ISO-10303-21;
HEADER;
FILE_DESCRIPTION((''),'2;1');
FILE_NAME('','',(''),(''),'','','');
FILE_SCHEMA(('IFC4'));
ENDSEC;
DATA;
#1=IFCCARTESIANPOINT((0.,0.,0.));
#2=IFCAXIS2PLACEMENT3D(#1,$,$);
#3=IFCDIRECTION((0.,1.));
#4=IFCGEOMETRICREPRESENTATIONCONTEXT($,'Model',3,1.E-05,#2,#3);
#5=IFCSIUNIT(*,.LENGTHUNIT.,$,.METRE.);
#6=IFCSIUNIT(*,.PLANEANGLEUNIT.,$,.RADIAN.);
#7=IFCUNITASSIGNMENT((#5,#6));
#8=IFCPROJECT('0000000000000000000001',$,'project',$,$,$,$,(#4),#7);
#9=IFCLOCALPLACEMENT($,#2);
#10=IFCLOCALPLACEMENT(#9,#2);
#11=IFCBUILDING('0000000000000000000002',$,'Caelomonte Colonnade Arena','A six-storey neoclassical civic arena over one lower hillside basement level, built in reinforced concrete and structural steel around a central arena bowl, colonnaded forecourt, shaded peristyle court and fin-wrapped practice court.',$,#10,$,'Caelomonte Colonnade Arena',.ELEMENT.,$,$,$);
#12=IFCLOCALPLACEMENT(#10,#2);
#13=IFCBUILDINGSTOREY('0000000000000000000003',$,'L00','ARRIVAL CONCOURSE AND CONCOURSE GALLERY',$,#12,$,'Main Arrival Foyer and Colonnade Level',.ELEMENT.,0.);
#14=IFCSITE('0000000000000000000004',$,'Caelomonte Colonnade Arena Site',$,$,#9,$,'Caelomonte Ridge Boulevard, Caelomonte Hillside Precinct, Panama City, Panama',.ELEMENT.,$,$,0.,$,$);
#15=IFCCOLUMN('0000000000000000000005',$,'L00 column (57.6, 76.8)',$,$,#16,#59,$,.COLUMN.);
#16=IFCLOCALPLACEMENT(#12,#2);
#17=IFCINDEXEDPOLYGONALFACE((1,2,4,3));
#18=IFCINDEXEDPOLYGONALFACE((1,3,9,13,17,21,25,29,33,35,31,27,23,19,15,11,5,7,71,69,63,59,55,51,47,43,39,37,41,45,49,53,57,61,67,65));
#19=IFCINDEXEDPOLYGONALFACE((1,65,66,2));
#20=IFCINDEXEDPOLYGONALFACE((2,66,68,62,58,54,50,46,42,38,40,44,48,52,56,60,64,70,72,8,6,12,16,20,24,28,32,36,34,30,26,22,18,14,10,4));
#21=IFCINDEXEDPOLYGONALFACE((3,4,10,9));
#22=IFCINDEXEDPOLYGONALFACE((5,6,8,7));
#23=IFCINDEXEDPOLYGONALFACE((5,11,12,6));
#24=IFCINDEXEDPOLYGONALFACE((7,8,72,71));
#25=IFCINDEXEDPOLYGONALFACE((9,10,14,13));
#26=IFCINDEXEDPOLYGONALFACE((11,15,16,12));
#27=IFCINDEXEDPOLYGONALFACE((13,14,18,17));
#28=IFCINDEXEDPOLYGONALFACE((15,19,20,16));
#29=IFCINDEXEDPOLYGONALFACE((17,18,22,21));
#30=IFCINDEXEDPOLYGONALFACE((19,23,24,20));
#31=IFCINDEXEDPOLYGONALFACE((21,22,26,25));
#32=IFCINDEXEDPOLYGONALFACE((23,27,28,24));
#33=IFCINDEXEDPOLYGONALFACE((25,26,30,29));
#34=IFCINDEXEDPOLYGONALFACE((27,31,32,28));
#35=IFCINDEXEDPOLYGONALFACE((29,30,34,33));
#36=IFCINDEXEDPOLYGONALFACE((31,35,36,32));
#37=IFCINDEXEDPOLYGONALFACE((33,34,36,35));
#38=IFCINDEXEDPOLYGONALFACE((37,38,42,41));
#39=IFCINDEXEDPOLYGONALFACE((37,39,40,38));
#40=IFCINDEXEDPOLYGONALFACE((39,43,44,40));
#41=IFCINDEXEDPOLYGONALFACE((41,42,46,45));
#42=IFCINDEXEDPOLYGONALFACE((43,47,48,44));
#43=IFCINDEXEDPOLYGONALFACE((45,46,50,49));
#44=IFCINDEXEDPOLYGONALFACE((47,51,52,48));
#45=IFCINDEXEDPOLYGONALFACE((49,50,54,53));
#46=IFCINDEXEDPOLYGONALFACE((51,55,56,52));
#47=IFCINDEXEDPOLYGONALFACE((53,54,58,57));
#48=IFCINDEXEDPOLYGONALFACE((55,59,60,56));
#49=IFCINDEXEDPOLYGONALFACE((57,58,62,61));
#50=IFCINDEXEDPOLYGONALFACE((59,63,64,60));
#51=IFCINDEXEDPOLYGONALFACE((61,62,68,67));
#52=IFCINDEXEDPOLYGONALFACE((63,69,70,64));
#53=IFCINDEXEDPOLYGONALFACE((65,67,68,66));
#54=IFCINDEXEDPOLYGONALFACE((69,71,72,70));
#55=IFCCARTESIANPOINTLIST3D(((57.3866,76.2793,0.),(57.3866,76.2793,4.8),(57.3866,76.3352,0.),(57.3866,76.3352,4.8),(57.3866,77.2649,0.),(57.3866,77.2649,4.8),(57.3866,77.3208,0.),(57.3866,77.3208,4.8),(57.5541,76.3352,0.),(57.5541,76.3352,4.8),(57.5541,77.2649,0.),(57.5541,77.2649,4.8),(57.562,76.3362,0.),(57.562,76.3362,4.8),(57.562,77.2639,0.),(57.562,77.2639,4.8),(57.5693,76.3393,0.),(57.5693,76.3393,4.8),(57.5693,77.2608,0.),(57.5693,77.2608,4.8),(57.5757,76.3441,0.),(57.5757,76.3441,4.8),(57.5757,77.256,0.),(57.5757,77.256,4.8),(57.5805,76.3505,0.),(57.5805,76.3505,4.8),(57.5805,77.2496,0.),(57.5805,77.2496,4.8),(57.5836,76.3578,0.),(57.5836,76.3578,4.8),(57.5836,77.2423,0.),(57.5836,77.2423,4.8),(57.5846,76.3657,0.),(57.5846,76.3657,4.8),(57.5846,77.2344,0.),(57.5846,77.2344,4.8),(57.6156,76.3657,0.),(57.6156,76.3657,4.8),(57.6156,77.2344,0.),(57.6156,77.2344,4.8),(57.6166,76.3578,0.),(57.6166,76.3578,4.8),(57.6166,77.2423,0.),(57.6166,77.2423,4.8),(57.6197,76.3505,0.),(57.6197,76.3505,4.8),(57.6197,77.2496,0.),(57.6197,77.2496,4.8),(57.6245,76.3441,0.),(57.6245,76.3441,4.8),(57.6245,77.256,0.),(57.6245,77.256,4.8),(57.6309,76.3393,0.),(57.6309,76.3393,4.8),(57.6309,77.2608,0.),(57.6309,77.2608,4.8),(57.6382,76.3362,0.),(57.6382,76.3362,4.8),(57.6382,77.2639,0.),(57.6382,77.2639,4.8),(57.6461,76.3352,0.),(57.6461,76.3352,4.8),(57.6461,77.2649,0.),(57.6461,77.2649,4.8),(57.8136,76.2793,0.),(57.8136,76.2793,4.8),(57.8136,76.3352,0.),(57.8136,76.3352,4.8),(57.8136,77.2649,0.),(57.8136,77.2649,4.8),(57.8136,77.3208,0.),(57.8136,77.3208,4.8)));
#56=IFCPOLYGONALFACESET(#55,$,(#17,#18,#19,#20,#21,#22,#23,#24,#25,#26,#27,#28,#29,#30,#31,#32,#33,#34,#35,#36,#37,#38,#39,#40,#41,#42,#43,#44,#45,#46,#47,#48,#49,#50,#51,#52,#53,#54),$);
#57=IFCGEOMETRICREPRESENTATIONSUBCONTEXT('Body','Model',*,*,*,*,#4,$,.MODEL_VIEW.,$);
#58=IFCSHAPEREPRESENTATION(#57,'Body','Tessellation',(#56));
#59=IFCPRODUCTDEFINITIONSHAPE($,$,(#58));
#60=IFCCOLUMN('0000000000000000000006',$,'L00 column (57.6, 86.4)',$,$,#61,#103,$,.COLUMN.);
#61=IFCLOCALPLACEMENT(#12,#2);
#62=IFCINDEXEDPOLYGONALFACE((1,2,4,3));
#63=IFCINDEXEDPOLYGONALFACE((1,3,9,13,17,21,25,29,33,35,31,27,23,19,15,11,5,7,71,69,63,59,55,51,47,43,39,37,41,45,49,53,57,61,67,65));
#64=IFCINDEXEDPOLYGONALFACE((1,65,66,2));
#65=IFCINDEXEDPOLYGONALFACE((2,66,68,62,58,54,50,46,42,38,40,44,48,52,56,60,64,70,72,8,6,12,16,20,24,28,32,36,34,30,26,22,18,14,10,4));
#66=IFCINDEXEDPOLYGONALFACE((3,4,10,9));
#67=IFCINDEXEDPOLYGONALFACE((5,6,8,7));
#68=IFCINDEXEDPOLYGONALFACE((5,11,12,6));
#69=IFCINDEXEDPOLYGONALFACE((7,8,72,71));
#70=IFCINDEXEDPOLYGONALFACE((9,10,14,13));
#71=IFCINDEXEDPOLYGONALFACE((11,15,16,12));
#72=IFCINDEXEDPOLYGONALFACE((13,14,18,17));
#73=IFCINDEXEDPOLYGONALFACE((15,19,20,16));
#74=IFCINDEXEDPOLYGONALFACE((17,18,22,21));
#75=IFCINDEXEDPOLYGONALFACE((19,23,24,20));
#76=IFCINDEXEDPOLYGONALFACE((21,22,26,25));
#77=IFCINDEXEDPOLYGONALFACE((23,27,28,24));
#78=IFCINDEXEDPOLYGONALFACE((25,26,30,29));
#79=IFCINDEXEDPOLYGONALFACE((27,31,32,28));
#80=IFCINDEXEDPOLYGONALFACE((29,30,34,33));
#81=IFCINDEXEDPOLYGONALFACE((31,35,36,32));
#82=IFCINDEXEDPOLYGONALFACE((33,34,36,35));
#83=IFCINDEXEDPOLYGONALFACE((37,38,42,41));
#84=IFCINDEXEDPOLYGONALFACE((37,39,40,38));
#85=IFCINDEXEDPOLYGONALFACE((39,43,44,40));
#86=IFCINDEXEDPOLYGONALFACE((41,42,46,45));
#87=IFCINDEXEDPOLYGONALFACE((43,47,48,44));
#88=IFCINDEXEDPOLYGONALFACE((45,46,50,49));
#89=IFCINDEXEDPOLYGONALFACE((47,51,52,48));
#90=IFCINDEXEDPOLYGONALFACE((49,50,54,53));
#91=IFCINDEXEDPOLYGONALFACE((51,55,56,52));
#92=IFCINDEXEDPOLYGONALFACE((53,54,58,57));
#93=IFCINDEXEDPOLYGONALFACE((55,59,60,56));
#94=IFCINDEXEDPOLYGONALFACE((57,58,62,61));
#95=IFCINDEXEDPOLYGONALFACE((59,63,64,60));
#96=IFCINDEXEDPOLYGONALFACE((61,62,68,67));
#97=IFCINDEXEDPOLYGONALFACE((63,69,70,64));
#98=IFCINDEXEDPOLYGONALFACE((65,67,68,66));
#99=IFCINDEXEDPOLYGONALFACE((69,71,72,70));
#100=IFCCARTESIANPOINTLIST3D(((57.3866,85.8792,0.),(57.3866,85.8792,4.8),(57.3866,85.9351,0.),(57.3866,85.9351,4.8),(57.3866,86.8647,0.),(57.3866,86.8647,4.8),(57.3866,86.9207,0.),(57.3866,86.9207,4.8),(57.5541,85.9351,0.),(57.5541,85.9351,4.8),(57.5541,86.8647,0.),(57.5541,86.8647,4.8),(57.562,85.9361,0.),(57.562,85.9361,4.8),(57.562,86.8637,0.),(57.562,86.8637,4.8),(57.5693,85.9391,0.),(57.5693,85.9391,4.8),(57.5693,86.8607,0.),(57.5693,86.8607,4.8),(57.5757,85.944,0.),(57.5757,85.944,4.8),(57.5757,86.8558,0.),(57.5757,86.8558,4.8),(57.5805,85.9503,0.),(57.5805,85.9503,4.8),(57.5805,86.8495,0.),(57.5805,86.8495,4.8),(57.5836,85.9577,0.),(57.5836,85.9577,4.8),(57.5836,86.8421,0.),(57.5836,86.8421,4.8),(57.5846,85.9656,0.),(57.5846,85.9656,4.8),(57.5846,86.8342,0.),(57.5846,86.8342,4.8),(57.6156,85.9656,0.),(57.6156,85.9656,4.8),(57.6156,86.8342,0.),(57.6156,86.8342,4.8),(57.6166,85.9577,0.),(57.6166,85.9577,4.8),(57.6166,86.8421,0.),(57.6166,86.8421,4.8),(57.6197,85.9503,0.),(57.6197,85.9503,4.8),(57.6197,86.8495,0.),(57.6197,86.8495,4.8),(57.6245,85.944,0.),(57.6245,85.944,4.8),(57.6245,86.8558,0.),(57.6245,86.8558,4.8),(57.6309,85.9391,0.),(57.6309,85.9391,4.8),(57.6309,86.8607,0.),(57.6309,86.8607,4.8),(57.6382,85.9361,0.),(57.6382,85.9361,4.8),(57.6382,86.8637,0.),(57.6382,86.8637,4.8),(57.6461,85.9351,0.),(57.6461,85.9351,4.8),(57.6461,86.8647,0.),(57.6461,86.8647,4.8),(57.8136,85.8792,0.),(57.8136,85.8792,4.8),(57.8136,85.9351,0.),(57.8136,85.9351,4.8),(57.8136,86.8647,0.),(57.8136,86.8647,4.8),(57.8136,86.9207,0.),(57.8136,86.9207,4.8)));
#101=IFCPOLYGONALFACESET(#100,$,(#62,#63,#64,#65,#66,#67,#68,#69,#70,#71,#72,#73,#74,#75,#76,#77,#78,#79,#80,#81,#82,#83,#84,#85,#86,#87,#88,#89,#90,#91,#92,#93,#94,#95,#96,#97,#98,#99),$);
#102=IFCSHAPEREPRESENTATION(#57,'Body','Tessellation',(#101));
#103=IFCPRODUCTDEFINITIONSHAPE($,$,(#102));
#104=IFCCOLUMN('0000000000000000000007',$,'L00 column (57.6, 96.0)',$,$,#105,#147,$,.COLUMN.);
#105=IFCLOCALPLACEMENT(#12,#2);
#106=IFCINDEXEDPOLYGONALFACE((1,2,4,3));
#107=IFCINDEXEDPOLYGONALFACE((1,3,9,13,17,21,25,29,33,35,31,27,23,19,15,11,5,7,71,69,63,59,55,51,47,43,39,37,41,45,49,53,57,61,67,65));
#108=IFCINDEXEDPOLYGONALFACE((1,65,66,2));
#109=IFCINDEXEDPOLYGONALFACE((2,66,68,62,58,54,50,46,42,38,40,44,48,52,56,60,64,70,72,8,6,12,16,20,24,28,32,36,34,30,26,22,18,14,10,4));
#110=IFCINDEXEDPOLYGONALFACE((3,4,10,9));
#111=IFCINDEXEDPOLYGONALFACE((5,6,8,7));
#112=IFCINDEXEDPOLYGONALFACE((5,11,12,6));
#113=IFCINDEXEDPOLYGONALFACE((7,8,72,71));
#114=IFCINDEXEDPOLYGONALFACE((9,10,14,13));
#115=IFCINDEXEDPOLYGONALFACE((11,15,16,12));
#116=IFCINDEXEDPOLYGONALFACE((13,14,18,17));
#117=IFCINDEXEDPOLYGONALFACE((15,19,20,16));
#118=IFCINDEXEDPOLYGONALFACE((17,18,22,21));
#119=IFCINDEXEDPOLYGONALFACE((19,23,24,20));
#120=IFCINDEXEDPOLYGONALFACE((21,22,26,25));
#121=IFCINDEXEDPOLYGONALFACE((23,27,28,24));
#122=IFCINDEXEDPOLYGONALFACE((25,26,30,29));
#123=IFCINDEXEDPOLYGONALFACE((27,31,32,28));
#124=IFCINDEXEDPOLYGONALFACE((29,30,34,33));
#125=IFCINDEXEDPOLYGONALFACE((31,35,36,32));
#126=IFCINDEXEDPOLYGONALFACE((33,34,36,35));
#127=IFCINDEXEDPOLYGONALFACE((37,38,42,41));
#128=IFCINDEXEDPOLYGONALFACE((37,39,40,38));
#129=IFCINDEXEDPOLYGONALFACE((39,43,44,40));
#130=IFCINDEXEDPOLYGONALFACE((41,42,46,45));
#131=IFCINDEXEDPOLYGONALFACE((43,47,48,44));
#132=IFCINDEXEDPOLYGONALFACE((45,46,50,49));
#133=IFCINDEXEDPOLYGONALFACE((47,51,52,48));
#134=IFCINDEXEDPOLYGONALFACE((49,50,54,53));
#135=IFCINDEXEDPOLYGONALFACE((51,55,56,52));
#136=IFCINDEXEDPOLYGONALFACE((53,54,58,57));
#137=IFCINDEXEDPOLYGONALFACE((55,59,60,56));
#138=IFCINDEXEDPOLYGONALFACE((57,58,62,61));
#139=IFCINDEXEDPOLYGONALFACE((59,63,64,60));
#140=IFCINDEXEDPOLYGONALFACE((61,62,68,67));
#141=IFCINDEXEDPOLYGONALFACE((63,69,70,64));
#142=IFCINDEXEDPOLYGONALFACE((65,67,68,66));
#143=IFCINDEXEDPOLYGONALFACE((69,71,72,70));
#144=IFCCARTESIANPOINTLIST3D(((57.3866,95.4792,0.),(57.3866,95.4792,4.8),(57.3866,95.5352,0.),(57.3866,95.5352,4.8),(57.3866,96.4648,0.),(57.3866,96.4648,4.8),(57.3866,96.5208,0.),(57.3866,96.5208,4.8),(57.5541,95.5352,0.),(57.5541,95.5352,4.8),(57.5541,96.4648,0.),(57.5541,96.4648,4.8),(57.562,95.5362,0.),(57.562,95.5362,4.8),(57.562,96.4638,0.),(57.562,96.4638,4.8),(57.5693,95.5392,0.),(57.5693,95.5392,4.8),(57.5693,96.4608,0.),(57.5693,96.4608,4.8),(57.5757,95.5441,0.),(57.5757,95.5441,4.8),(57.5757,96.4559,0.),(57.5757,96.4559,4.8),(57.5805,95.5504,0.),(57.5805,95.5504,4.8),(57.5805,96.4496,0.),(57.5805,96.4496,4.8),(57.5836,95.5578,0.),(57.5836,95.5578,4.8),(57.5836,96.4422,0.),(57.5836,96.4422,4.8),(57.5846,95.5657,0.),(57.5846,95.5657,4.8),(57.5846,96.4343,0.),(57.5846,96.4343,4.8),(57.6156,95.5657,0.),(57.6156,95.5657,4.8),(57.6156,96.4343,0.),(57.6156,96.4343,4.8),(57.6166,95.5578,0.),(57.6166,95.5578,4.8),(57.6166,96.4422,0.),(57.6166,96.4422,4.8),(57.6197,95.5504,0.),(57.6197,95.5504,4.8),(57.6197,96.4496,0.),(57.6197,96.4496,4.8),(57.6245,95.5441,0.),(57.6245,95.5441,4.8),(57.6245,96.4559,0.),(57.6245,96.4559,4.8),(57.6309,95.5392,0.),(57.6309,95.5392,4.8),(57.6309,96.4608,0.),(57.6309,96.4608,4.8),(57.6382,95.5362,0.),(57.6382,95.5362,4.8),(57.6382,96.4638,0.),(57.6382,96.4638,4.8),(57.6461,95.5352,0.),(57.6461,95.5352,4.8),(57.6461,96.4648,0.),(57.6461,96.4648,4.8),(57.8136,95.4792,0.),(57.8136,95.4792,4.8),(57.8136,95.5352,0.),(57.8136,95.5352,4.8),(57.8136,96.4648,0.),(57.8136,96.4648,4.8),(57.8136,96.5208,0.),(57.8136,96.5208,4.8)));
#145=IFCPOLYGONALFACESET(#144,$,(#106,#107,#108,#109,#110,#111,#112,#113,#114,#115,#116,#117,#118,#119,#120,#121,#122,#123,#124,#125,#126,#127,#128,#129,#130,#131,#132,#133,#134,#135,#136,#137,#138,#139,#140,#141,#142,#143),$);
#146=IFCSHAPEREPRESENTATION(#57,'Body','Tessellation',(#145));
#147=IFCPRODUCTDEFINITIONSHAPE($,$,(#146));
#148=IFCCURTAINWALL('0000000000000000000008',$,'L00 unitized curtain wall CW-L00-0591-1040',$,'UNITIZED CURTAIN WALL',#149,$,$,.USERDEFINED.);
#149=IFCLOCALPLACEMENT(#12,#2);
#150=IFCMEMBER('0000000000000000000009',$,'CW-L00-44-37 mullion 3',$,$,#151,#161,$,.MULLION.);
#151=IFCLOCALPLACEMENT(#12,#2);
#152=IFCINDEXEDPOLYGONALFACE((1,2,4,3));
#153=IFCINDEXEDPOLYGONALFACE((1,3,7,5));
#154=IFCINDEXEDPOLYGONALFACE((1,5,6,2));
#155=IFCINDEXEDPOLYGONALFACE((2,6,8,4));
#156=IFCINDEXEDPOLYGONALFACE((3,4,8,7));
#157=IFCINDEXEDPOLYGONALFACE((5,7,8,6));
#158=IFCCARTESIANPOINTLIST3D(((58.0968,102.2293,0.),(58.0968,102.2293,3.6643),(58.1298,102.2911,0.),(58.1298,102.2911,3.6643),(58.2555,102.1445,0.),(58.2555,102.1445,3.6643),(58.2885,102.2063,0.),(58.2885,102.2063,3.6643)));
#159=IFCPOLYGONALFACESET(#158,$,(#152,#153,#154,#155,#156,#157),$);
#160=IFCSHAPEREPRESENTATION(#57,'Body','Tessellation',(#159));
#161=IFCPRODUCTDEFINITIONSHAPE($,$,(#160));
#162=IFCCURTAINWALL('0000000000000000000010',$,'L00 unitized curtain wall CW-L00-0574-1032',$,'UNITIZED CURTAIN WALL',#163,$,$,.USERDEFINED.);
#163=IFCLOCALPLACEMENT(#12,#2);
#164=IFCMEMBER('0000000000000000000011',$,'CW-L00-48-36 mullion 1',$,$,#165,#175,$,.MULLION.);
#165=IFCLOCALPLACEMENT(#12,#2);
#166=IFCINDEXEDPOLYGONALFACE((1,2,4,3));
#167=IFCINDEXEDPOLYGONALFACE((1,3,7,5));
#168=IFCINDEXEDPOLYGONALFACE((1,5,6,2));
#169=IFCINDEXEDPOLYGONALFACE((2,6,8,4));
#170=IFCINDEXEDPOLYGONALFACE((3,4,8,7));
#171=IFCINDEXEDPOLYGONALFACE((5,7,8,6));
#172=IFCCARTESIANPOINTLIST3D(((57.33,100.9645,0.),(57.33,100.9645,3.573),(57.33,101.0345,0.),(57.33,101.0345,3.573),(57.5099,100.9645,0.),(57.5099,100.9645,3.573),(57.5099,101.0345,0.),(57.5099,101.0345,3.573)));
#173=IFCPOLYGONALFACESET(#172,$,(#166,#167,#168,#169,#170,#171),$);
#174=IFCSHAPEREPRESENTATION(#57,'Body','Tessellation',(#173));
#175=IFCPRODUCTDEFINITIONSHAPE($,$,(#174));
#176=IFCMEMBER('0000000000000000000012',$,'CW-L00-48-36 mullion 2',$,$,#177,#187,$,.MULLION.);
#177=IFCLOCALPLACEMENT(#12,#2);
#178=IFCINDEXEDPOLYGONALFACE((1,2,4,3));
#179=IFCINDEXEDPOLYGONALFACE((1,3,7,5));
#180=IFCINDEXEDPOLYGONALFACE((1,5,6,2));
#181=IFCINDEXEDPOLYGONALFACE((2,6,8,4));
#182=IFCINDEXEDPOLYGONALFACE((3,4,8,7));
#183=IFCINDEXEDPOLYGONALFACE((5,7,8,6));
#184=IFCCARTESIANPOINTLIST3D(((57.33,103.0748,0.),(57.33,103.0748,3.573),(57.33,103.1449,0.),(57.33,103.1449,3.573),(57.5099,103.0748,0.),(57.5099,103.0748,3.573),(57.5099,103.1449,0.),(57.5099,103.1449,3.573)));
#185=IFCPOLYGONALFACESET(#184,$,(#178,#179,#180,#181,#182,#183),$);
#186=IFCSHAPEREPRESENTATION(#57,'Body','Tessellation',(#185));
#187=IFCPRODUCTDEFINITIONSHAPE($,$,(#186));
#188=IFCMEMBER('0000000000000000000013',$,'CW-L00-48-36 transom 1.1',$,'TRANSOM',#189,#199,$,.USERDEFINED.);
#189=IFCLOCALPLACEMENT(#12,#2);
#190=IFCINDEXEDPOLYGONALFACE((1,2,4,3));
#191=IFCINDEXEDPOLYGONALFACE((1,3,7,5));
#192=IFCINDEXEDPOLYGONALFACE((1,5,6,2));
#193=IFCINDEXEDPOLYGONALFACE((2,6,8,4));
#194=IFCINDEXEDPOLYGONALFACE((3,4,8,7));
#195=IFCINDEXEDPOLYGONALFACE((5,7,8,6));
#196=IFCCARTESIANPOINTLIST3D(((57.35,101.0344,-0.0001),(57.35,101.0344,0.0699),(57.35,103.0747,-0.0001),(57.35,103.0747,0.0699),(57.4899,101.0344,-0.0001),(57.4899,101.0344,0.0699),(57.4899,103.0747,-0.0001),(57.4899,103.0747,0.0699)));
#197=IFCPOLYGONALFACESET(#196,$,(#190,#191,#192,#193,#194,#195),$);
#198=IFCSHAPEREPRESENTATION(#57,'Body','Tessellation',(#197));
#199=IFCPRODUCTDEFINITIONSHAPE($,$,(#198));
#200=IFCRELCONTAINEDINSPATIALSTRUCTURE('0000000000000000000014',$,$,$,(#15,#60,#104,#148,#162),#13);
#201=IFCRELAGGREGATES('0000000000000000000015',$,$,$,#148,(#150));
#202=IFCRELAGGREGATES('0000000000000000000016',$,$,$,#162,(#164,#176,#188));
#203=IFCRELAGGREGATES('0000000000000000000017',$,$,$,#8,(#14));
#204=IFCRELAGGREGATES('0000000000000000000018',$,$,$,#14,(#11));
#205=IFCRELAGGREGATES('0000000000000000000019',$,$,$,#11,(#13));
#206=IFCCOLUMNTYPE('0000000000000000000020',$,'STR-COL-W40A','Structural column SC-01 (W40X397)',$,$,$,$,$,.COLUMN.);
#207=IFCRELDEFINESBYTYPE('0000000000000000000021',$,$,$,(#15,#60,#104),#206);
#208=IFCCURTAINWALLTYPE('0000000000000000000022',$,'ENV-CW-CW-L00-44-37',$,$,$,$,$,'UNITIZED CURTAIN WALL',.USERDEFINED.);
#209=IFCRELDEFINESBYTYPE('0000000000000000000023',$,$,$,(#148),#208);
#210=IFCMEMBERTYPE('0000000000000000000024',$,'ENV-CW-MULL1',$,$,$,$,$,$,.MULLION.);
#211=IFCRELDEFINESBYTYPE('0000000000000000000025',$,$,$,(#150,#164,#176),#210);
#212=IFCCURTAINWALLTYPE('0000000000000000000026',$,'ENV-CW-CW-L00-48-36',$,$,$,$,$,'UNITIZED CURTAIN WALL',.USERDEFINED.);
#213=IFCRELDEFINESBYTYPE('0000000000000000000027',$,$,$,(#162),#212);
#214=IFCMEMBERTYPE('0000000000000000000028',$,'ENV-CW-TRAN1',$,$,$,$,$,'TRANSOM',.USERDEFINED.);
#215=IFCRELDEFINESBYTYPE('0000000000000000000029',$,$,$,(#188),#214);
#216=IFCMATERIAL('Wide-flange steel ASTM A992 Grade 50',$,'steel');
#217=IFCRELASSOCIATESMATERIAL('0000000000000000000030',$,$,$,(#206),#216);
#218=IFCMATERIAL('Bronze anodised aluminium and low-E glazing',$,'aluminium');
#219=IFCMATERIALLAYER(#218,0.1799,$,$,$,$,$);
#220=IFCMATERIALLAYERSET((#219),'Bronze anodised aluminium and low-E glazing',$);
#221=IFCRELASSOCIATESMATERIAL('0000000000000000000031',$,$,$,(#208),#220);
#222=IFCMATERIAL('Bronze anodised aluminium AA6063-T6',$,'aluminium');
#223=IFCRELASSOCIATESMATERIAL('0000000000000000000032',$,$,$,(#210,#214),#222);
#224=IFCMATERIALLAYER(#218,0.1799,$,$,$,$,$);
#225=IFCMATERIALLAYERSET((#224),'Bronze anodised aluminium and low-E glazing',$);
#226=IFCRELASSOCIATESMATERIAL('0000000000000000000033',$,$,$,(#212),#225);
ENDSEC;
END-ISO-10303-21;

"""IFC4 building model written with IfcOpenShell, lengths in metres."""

from ifc_helpers import new_model, si_unit, direction, frame, origin, origin_2d, place, context, subcontext, project, spatial, rectangle, i_section, extrude, material, layer, layer_set, material_profile, profile_set, type_object, element, aggregate, save


model = new_model("IFC4")

# Units and contexts
model_context = context("Model", 3, precision=1e-05, world=origin(), true_north=direction((0.0, 1.0)))
body_context = subcontext(model_context, "Body", "Model", "MODEL_VIEW")
ifc_project = project(units=[si_unit("LENGTHUNIT", "METRE"), si_unit("PLANEANGLEUNIT", "RADIAN")], contexts=[model_context])

# Site, building, storey
site_placement = place(None, origin())
site = spatial("IfcSite", under=ifc_project, at=site_placement, Name="Caelomonte Colonnade Arena Site", LongName="Caelomonte Ridge Boulevard, Caelomonte Hillside Precinct, Panama City, Panama", CompositionType="ELEMENT", RefElevation=0.0)
building_placement = place(site_placement, origin())
building = spatial("IfcBuilding", under=site, at=building_placement, Name="Caelomonte Colonnade Arena", Description="A six-storey neoclassical civic arena over one lower hillside basement level, built in reinforced concrete and structural steel around a central arena bowl, colonnaded forecourt, shaded peristyle court and fin-wrapped practice court.", LongName="Caelomonte Colonnade Arena", CompositionType="ELEMENT")
storey_placement = place(building_placement, origin())
storey = spatial("IfcBuildingStorey", under=building, at=storey_placement, Name="L00", Description="ARRIVAL CONCOURSE AND CONCOURSE GALLERY", LongName="Main Arrival Foyer and Colonnade Level", CompositionType="ELEMENT", Elevation=0.0)

# Columns
ifc_material_1 = material(Name="Wide-flange steel ASTM A992 Grade 50", Category="steel")
ifc_material_profile_1 = material_profile(ifc_material_1, i_section(OverallWidth=0.427, OverallDepth=1.0415, WebThickness=0.031, FlangeThickness=0.0559, FilletRadius=0.0305, at=origin_2d()), Name="W40X397")
ifc_profile_set_1 = profile_set([ifc_material_profile_1], Name="Wide-flange steel ASTM A992 Grade 50")
column_type = type_object("IfcColumnType", Name="STR-COL-W40A", Description="Structural column SC-01 (W40X397)", PredefinedType="COLUMN", material=ifc_profile_set_1)
for number, where, z_axis, x_axis, name in (
    (1, (57.6001, 76.8, 0.0), (0.0, 0.0, 1.0), (1.0, 0.0, 0.0), "L00 column (57.6, 76.8)"),
    (2, (57.6001, 86.3999, 0.0), (0.0, 0.0, 1.0), (1.0, 0.0, 0.0), "L00 column (57.6, 86.4)"),
    (3, (57.6001, 96.0, 0.0), (0.0, 0.0, 1.0), (1.0, 0.0, 0.0), "L00 column (57.6, 96.0)"),
):
    element("IfcColumn", number, at=place(storey_placement, frame(where, z_axis=z_axis, x_axis=x_axis)), inside=storey, type_object=column_type, Name=name, PredefinedType="COLUMN", context=body_context, shape_type="SweptSolid", body=[
        extrude(i_section(OverallWidth=0.427, OverallDepth=1.0415, WebThickness=0.031, FlangeThickness=0.0559, FilletRadius=0.0305, at=origin_2d()), origin(), (0.0, 0.0, 1.0), 4.8),
    ])

# Curtain wall, member
ifc_material_2 = material(Name="Bronze anodised aluminium and low-E glazing", Category="aluminium")
ifc_layer_1 = layer(ifc_material_2, 0.1799)
ifc_layer_set_1 = layer_set([ifc_layer_1], Name="Bronze anodised aluminium and low-E glazing")
curtain_wall_type_1 = type_object("IfcCurtainWallType", Name="ENV-CW-CW-L00-44-37", ElementType="UNITIZED CURTAIN WALL", PredefinedType="USERDEFINED", material=ifc_layer_set_1)
curtain_wall_1_placement = place(storey_placement, origin())
curtain_wall_1 = element("IfcCurtainWall", 4, at=curtain_wall_1_placement, inside=storey, type_object=curtain_wall_type_1, Name="L00 unitized curtain wall CW-L00-0591-1040", ObjectType="UNITIZED CURTAIN WALL", PredefinedType="USERDEFINED")
ifc_material_3 = material(Name="Bronze anodised aluminium AA6063-T6", Category="aluminium")
ifc_material_profile_2 = material_profile(ifc_material_3, rectangle(XDim=0.0701, YDim=0.1799, at=origin_2d()), Name="CWM-70X180")
ifc_profile_set_2 = profile_set([ifc_material_profile_2], Name="Bronze anodised aluminium AA6063-T6")
member_type_1 = type_object("IfcMemberType", Name="ENV-CW-MULL1", PredefinedType="MULLION", material=ifc_profile_set_2)
member_1_placement = place(storey_placement, frame((58.1926, 102.2178, 0.0), z_axis=(0.0, 0.0, 1.0), x_axis=(-0.471394, -0.881923, 0.0)))
member_1 = element("IfcMember", 5, at=member_1_placement, type_object=member_type_1, Name="CW-L00-44-37 mullion 3", PredefinedType="MULLION", context=body_context, shape_type="SweptSolid", body=[
    extrude(rectangle(XDim=0.0701, YDim=0.1799, at=origin_2d()), origin(), (0.0, 0.0, 1.0), 3.6643),
])

# Curtain wall, members
ifc_layer_2 = layer(ifc_material_2, 0.1799)
ifc_layer_set_2 = layer_set([ifc_layer_2], Name="Bronze anodised aluminium and low-E glazing")
curtain_wall_type_2 = type_object("IfcCurtainWallType", Name="ENV-CW-CW-L00-48-36", ElementType="UNITIZED CURTAIN WALL", PredefinedType="USERDEFINED", material=ifc_layer_set_2)
curtain_wall_2_placement = place(storey_placement, origin())
curtain_wall_2 = element("IfcCurtainWall", 6, at=curtain_wall_2_placement, inside=storey, type_object=curtain_wall_type_2, Name="L00 unitized curtain wall CW-L00-0574-1032", ObjectType="UNITIZED CURTAIN WALL", PredefinedType="USERDEFINED")
member_2_placement = place(storey_placement, frame((57.4199, 100.9995, 0.0), z_axis=(0.0, 0.0, 1.0), x_axis=(0.0, 1.0, 0.0)))
member_2 = element("IfcMember", 7, at=member_2_placement, type_object=member_type_1, Name="CW-L00-48-36 mullion 1", PredefinedType="MULLION", context=body_context, shape_type="SweptSolid", body=[
    extrude(rectangle(XDim=0.0701, YDim=0.1799, at=origin_2d()), origin(), (0.0, 0.0, 1.0), 3.573),
])
member_3_placement = place(storey_placement, frame((57.4199, 103.1099, 0.0), z_axis=(0.0, 0.0, 1.0), x_axis=(0.0, 1.0, 0.0)))
member_3 = element("IfcMember", 8, at=member_3_placement, type_object=member_type_1, Name="CW-L00-48-36 mullion 2", PredefinedType="MULLION", context=body_context, shape_type="SweptSolid", body=[
    extrude(rectangle(XDim=0.0701, YDim=0.1799, at=origin_2d()), origin(), (0.0, 0.0, 1.0), 3.573),
])
ifc_material_profile_3 = material_profile(ifc_material_3, rectangle(XDim=0.0701, YDim=0.1399, at=origin_2d()), Name="CWT-70X140")
ifc_profile_set_3 = profile_set([ifc_material_profile_3], Name="Bronze anodised aluminium AA6063-T6")
member_type_2 = type_object("IfcMemberType", Name="ENV-CW-TRAN1", ElementType="TRANSOM", PredefinedType="USERDEFINED", material=ifc_profile_set_3)
member_4_placement = place(storey_placement, frame((57.4199, 101.0344, 0.0349), z_axis=(0.0, 1.0, 0.0), x_axis=(0.0, 0.0, 1.0)))
member_4 = element("IfcMember", 9, at=member_4_placement, type_object=member_type_2, Name="CW-L00-48-36 transom 1.1", ObjectType="TRANSOM", PredefinedType="USERDEFINED", context=body_context, shape_type="SweptSolid", body=[
    extrude(rectangle(XDim=0.0701, YDim=0.1399, at=origin_2d()), origin(), (0.0, 0.0, 1.0), 2.0403),
])

aggregate(curtain_wall_1, [member_1])
aggregate(curtain_wall_2, [member_2, member_3, member_4])

save(model, "model.ifc")
